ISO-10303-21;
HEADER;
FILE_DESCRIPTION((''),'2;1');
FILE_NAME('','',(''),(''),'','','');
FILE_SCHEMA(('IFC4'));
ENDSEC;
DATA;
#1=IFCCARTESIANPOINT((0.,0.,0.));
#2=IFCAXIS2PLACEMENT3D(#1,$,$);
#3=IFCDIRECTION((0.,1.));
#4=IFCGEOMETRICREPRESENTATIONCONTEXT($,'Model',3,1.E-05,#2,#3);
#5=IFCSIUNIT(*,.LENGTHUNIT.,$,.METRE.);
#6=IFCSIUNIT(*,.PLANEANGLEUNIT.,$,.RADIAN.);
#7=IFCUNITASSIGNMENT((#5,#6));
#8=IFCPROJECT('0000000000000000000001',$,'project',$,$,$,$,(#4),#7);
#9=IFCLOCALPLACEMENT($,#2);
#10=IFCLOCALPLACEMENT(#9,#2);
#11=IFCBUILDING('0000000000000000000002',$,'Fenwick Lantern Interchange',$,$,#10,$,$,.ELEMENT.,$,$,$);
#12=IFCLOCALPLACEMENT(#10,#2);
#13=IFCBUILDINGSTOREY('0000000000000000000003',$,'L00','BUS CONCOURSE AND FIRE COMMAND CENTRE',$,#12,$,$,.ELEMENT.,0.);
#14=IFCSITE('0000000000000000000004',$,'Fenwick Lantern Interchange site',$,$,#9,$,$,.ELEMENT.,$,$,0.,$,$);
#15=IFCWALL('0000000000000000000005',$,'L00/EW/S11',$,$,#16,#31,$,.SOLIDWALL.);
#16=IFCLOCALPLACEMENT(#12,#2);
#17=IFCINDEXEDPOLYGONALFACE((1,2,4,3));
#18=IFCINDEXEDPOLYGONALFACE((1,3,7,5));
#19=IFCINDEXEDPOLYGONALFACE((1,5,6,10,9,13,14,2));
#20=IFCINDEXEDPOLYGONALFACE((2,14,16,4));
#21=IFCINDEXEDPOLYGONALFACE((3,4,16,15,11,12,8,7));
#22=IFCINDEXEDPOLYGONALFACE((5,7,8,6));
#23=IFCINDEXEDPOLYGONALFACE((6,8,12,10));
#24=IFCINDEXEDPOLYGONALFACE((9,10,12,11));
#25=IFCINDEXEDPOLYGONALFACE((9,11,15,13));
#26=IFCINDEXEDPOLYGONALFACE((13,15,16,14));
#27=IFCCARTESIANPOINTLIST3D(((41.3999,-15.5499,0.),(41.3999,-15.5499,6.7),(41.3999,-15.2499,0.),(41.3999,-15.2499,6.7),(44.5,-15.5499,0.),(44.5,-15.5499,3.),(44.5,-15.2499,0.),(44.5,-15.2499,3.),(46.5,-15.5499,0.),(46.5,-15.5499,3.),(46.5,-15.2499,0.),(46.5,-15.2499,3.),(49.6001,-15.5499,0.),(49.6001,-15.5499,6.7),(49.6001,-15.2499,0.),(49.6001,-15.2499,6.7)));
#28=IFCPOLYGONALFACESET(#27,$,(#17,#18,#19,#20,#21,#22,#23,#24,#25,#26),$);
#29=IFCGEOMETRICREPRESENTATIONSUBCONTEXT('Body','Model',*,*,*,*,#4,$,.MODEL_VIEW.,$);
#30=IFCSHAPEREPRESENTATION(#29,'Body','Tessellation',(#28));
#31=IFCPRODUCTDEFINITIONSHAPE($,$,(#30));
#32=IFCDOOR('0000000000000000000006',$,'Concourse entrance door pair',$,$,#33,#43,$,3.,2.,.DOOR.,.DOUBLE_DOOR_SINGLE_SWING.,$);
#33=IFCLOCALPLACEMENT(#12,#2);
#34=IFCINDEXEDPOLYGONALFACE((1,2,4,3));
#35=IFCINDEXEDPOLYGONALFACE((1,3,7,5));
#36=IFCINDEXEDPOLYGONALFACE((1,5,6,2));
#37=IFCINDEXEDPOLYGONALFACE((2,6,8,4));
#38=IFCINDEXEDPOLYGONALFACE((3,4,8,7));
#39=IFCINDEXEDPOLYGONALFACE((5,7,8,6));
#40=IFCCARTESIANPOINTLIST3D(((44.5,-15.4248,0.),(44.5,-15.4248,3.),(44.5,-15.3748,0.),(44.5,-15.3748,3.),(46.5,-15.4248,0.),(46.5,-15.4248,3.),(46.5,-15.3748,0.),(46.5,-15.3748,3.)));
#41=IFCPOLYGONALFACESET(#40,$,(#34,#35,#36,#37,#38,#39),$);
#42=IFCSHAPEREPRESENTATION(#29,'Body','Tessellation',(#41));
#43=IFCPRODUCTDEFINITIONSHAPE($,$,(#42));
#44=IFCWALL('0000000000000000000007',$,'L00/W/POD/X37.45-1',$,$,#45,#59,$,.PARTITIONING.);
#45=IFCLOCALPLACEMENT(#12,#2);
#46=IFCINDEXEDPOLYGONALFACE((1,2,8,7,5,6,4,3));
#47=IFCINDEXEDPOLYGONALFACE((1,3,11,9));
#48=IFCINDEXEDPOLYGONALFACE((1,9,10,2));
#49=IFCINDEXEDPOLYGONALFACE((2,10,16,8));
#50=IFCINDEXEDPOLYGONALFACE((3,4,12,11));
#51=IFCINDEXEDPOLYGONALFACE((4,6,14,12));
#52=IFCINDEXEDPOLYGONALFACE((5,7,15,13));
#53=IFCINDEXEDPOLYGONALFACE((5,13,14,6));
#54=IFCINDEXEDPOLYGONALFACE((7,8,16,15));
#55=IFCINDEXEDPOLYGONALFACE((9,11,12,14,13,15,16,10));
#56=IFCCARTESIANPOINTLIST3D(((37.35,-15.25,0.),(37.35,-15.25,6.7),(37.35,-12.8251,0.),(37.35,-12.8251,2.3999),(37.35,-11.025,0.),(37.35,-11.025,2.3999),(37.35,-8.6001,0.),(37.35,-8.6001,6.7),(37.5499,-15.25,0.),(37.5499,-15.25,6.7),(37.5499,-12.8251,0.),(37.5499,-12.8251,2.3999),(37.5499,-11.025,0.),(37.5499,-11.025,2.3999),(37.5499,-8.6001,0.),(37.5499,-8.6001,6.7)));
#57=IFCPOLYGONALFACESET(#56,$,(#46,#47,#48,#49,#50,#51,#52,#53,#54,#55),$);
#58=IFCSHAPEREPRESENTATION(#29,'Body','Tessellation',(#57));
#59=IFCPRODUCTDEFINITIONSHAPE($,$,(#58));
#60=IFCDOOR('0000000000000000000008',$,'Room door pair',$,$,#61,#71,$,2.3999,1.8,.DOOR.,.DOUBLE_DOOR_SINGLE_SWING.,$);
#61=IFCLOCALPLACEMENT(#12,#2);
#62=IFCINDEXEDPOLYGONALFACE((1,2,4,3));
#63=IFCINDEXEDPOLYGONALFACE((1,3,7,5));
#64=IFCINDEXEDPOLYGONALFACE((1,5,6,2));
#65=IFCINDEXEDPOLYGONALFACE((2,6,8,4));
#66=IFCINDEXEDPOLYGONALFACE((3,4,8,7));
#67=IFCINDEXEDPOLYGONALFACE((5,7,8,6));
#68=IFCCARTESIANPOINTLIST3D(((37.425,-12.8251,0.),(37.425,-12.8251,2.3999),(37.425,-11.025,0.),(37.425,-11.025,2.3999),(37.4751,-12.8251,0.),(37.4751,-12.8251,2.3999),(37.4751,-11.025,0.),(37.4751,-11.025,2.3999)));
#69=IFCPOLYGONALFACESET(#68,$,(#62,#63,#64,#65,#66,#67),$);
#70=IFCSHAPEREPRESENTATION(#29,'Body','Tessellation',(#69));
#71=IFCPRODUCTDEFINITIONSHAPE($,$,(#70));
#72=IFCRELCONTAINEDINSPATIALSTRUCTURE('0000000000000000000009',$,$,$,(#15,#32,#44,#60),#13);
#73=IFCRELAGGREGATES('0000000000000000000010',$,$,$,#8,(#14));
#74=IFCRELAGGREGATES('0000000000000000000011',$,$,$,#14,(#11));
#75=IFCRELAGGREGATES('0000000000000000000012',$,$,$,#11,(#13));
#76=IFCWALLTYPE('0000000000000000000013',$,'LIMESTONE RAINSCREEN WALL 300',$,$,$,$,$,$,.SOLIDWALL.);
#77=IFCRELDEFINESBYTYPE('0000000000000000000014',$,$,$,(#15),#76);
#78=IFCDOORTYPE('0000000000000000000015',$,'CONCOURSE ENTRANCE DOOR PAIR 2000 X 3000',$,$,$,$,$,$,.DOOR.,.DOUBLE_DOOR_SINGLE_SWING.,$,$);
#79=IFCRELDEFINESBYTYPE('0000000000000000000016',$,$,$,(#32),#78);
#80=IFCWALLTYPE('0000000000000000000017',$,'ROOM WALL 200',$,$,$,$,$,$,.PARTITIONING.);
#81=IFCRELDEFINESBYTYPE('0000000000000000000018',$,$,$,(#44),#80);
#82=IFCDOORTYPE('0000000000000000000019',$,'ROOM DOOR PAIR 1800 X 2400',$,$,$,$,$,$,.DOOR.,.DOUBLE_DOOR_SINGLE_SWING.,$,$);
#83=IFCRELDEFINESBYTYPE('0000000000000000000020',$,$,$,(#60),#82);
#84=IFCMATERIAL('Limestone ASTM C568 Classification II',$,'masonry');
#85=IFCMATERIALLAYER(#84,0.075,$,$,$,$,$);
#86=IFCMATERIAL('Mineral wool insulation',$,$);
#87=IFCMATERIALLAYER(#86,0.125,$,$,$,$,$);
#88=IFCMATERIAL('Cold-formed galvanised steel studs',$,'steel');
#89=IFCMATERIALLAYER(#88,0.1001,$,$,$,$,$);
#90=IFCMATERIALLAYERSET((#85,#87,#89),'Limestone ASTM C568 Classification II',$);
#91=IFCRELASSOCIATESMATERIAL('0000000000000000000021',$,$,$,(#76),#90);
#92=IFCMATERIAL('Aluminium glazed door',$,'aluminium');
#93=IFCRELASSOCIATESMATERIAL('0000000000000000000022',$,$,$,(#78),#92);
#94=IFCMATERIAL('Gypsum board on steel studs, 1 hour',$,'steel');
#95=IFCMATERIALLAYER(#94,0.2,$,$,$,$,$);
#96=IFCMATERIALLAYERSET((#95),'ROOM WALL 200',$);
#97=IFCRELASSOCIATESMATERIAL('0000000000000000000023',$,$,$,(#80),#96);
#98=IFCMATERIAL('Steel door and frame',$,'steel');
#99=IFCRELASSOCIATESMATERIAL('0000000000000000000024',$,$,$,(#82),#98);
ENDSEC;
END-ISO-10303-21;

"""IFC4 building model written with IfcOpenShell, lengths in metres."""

from ifc_helpers import new_model, si_unit, direction, frame, frame_2d, origin, place, context, subcontext, project, spatial, rectangle, extrude, material, layer, layer_set, type_object, element, fill, save


model = new_model("IFC4")

# Units and contexts
model_context = context("Model", 3, precision=1e-05, world=origin(), true_north=direction((0.0, 1.0)))
body_context = subcontext(model_context, "Body", "Model", "MODEL_VIEW")
ifc_project = project(units=[si_unit("LENGTHUNIT", "METRE"), si_unit("PLANEANGLEUNIT", "RADIAN")], contexts=[model_context])

# Site, building, storey
site_placement = place(None, origin())
site = spatial("IfcSite", under=ifc_project, at=site_placement, Name="Fenwick Lantern Interchange site", CompositionType="ELEMENT", RefElevation=0.0)
building_placement = place(site_placement, origin())
building = spatial("IfcBuilding", under=site, at=building_placement, Name="Fenwick Lantern Interchange", CompositionType="ELEMENT")
storey_placement = place(building_placement, origin())
storey = spatial("IfcBuildingStorey", under=building, at=storey_placement, Name="L00", Description="BUS CONCOURSE AND FIRE COMMAND CENTRE", CompositionType="ELEMENT", Elevation=0.0)

# Shared definitions
ifc_material_1 = material(Name="Limestone ASTM C568 Classification II", Category="masonry")
ifc_layer_1 = layer(ifc_material_1, 0.075)
ifc_material_2 = material(Name="Mineral wool insulation")
ifc_layer_2 = layer(ifc_material_2, 0.125)
ifc_material_3 = material(Name="Cold-formed galvanised steel studs", Category="steel")
ifc_layer_3 = layer(ifc_material_3, 0.1001)
ifc_layer_set_1 = layer_set([ifc_layer_1, ifc_layer_2, ifc_layer_3], Name="Limestone ASTM C568 Classification II")
wall_type_1 = type_object("IfcWallType", Name="LIMESTONE RAINSCREEN WALL 300", PredefinedType="SOLIDWALL", material=ifc_layer_set_1)

# Walls, openings, doors
wall_1_placement = place(storey_placement, frame((41.3999, -15.3999, 0.0), z_axis=(0.0, 0.0, 1.0), x_axis=(1.0, 0.0, 0.0)))
wall_1 = element("IfcWall", 1, at=wall_1_placement, inside=storey, type_object=wall_type_1, Name="L00/EW/S11", PredefinedType="SOLIDWALL", context=body_context, shape_type="SweptSolid", body=[
    extrude(rectangle(XDim=8.2002, YDim=0.3, at=frame_2d((4.1001, 0.0))), origin(), (0.0, 0.0, 1.0), 6.7),
])
opening_1_placement = place(wall_1_placement, frame((3.1001, 0.0, 0.0)))
opening_1 = element("IfcOpeningElement", 2, at=opening_1_placement, cuts=wall_1, PredefinedType="OPENING", context=body_context, shape_type="SweptSolid", body=[
    extrude(rectangle(XDim=2.0, YDim=3.0, at=frame_2d((1.0, 1.5))), frame((0.0, 0.1599, 0.0), z_axis=(0.0, -1.0, 0.0), x_axis=(1.0, 0.0, 0.0)), (0.0, 0.0, 1.0), 0.3201),
])
ifc_material_4 = material(Name="Aluminium glazed door", Category="aluminium")
door_type_1 = type_object("IfcDoorType", Name="CONCOURSE ENTRANCE DOOR PAIR 2000 X 3000", OperationType="DOUBLE_DOOR_SINGLE_SWING", PredefinedType="DOOR", material=ifc_material_4)
door_1_placement = place(opening_1_placement, frame((2.0, 0.0, 0.0), z_axis=(0.0, 0.0, 1.0), x_axis=(-1.0, 0.0, 0.0)))
door_1 = element("IfcDoor", 3, at=door_1_placement, inside=storey, type_object=door_type_1, Name="Concourse entrance door pair", OperationType="DOUBLE_DOOR_SINGLE_SWING", OverallHeight=3.0, OverallWidth=2.0, PredefinedType="DOOR", context=body_context, shape_type="SweptSolid", body=[
    extrude(rectangle(XDim=2.0, YDim=3.0, at=frame_2d((1.0, 1.5))), frame((0.0, 0.0249, 0.0), z_axis=(0.0, -1.0, 0.0), x_axis=(1.0, 0.0, 0.0)), (0.0, 0.0, 1.0), 0.05),
])
fill(opening_1, door_1)
ifc_material_5 = material(Name="Gypsum board on steel studs, 1 hour", Category="steel")
ifc_layer_4 = layer(ifc_material_5, 0.2)
ifc_layer_set_2 = layer_set([ifc_layer_4], Name="ROOM WALL 200")
wall_type_2 = type_object("IfcWallType", Name="ROOM WALL 200", PredefinedType="PARTITIONING", material=ifc_layer_set_2)
wall_2_placement = place(storey_placement, frame((37.45, -15.25, 0.0), z_axis=(0.0, 0.0, 1.0), x_axis=(0.0, 1.0, 0.0)))
wall_2 = element("IfcWall", 4, at=wall_2_placement, inside=storey, type_object=wall_type_2, Name="L00/W/POD/X37.45-1", PredefinedType="PARTITIONING", context=body_context, shape_type="SweptSolid", body=[
    extrude(rectangle(XDim=6.6499, YDim=0.2, at=frame_2d((3.325, 0.0))), origin(), (0.0, 0.0, 1.0), 6.7),
])
opening_2_placement = place(wall_2_placement, frame((2.425, 0.0, 0.0)))
opening_2 = element("IfcOpeningElement", 5, at=opening_2_placement, cuts=wall_2, PredefinedType="OPENING", context=body_context, shape_type="SweptSolid", body=[
    extrude(rectangle(XDim=1.8, YDim=2.3999, at=frame_2d((0.8999, 1.2))), frame((0.0, 0.1099, 0.0), z_axis=(0.0, -1.0, 0.0), x_axis=(1.0, 0.0, 0.0)), (0.0, 0.0, 1.0), 0.22),
])
ifc_material_6 = material(Name="Steel door and frame", Category="steel")
door_type_2 = type_object("IfcDoorType", Name="ROOM DOOR PAIR 1800 X 2400", OperationType="DOUBLE_DOOR_SINGLE_SWING", PredefinedType="DOOR", material=ifc_material_6)
door_2_placement = place(opening_2_placement, origin())
door_2 = element("IfcDoor", 6, at=door_2_placement, inside=storey, type_object=door_type_2, Name="Room door pair", OperationType="DOUBLE_DOOR_SINGLE_SWING", OverallHeight=2.3999, OverallWidth=1.8, PredefinedType="DOOR", context=body_context, shape_type="SweptSolid", body=[
    extrude(rectangle(XDim=1.8, YDim=2.3999, at=frame_2d((0.8999, 1.2))), frame((0.0, 0.0249, 0.0), z_axis=(0.0, -1.0, 0.0), x_axis=(1.0, 0.0, 0.0)), (0.0, 0.0, 1.0), 0.05),
])
fill(opening_2, door_2)

save(model, "model.ifc")
